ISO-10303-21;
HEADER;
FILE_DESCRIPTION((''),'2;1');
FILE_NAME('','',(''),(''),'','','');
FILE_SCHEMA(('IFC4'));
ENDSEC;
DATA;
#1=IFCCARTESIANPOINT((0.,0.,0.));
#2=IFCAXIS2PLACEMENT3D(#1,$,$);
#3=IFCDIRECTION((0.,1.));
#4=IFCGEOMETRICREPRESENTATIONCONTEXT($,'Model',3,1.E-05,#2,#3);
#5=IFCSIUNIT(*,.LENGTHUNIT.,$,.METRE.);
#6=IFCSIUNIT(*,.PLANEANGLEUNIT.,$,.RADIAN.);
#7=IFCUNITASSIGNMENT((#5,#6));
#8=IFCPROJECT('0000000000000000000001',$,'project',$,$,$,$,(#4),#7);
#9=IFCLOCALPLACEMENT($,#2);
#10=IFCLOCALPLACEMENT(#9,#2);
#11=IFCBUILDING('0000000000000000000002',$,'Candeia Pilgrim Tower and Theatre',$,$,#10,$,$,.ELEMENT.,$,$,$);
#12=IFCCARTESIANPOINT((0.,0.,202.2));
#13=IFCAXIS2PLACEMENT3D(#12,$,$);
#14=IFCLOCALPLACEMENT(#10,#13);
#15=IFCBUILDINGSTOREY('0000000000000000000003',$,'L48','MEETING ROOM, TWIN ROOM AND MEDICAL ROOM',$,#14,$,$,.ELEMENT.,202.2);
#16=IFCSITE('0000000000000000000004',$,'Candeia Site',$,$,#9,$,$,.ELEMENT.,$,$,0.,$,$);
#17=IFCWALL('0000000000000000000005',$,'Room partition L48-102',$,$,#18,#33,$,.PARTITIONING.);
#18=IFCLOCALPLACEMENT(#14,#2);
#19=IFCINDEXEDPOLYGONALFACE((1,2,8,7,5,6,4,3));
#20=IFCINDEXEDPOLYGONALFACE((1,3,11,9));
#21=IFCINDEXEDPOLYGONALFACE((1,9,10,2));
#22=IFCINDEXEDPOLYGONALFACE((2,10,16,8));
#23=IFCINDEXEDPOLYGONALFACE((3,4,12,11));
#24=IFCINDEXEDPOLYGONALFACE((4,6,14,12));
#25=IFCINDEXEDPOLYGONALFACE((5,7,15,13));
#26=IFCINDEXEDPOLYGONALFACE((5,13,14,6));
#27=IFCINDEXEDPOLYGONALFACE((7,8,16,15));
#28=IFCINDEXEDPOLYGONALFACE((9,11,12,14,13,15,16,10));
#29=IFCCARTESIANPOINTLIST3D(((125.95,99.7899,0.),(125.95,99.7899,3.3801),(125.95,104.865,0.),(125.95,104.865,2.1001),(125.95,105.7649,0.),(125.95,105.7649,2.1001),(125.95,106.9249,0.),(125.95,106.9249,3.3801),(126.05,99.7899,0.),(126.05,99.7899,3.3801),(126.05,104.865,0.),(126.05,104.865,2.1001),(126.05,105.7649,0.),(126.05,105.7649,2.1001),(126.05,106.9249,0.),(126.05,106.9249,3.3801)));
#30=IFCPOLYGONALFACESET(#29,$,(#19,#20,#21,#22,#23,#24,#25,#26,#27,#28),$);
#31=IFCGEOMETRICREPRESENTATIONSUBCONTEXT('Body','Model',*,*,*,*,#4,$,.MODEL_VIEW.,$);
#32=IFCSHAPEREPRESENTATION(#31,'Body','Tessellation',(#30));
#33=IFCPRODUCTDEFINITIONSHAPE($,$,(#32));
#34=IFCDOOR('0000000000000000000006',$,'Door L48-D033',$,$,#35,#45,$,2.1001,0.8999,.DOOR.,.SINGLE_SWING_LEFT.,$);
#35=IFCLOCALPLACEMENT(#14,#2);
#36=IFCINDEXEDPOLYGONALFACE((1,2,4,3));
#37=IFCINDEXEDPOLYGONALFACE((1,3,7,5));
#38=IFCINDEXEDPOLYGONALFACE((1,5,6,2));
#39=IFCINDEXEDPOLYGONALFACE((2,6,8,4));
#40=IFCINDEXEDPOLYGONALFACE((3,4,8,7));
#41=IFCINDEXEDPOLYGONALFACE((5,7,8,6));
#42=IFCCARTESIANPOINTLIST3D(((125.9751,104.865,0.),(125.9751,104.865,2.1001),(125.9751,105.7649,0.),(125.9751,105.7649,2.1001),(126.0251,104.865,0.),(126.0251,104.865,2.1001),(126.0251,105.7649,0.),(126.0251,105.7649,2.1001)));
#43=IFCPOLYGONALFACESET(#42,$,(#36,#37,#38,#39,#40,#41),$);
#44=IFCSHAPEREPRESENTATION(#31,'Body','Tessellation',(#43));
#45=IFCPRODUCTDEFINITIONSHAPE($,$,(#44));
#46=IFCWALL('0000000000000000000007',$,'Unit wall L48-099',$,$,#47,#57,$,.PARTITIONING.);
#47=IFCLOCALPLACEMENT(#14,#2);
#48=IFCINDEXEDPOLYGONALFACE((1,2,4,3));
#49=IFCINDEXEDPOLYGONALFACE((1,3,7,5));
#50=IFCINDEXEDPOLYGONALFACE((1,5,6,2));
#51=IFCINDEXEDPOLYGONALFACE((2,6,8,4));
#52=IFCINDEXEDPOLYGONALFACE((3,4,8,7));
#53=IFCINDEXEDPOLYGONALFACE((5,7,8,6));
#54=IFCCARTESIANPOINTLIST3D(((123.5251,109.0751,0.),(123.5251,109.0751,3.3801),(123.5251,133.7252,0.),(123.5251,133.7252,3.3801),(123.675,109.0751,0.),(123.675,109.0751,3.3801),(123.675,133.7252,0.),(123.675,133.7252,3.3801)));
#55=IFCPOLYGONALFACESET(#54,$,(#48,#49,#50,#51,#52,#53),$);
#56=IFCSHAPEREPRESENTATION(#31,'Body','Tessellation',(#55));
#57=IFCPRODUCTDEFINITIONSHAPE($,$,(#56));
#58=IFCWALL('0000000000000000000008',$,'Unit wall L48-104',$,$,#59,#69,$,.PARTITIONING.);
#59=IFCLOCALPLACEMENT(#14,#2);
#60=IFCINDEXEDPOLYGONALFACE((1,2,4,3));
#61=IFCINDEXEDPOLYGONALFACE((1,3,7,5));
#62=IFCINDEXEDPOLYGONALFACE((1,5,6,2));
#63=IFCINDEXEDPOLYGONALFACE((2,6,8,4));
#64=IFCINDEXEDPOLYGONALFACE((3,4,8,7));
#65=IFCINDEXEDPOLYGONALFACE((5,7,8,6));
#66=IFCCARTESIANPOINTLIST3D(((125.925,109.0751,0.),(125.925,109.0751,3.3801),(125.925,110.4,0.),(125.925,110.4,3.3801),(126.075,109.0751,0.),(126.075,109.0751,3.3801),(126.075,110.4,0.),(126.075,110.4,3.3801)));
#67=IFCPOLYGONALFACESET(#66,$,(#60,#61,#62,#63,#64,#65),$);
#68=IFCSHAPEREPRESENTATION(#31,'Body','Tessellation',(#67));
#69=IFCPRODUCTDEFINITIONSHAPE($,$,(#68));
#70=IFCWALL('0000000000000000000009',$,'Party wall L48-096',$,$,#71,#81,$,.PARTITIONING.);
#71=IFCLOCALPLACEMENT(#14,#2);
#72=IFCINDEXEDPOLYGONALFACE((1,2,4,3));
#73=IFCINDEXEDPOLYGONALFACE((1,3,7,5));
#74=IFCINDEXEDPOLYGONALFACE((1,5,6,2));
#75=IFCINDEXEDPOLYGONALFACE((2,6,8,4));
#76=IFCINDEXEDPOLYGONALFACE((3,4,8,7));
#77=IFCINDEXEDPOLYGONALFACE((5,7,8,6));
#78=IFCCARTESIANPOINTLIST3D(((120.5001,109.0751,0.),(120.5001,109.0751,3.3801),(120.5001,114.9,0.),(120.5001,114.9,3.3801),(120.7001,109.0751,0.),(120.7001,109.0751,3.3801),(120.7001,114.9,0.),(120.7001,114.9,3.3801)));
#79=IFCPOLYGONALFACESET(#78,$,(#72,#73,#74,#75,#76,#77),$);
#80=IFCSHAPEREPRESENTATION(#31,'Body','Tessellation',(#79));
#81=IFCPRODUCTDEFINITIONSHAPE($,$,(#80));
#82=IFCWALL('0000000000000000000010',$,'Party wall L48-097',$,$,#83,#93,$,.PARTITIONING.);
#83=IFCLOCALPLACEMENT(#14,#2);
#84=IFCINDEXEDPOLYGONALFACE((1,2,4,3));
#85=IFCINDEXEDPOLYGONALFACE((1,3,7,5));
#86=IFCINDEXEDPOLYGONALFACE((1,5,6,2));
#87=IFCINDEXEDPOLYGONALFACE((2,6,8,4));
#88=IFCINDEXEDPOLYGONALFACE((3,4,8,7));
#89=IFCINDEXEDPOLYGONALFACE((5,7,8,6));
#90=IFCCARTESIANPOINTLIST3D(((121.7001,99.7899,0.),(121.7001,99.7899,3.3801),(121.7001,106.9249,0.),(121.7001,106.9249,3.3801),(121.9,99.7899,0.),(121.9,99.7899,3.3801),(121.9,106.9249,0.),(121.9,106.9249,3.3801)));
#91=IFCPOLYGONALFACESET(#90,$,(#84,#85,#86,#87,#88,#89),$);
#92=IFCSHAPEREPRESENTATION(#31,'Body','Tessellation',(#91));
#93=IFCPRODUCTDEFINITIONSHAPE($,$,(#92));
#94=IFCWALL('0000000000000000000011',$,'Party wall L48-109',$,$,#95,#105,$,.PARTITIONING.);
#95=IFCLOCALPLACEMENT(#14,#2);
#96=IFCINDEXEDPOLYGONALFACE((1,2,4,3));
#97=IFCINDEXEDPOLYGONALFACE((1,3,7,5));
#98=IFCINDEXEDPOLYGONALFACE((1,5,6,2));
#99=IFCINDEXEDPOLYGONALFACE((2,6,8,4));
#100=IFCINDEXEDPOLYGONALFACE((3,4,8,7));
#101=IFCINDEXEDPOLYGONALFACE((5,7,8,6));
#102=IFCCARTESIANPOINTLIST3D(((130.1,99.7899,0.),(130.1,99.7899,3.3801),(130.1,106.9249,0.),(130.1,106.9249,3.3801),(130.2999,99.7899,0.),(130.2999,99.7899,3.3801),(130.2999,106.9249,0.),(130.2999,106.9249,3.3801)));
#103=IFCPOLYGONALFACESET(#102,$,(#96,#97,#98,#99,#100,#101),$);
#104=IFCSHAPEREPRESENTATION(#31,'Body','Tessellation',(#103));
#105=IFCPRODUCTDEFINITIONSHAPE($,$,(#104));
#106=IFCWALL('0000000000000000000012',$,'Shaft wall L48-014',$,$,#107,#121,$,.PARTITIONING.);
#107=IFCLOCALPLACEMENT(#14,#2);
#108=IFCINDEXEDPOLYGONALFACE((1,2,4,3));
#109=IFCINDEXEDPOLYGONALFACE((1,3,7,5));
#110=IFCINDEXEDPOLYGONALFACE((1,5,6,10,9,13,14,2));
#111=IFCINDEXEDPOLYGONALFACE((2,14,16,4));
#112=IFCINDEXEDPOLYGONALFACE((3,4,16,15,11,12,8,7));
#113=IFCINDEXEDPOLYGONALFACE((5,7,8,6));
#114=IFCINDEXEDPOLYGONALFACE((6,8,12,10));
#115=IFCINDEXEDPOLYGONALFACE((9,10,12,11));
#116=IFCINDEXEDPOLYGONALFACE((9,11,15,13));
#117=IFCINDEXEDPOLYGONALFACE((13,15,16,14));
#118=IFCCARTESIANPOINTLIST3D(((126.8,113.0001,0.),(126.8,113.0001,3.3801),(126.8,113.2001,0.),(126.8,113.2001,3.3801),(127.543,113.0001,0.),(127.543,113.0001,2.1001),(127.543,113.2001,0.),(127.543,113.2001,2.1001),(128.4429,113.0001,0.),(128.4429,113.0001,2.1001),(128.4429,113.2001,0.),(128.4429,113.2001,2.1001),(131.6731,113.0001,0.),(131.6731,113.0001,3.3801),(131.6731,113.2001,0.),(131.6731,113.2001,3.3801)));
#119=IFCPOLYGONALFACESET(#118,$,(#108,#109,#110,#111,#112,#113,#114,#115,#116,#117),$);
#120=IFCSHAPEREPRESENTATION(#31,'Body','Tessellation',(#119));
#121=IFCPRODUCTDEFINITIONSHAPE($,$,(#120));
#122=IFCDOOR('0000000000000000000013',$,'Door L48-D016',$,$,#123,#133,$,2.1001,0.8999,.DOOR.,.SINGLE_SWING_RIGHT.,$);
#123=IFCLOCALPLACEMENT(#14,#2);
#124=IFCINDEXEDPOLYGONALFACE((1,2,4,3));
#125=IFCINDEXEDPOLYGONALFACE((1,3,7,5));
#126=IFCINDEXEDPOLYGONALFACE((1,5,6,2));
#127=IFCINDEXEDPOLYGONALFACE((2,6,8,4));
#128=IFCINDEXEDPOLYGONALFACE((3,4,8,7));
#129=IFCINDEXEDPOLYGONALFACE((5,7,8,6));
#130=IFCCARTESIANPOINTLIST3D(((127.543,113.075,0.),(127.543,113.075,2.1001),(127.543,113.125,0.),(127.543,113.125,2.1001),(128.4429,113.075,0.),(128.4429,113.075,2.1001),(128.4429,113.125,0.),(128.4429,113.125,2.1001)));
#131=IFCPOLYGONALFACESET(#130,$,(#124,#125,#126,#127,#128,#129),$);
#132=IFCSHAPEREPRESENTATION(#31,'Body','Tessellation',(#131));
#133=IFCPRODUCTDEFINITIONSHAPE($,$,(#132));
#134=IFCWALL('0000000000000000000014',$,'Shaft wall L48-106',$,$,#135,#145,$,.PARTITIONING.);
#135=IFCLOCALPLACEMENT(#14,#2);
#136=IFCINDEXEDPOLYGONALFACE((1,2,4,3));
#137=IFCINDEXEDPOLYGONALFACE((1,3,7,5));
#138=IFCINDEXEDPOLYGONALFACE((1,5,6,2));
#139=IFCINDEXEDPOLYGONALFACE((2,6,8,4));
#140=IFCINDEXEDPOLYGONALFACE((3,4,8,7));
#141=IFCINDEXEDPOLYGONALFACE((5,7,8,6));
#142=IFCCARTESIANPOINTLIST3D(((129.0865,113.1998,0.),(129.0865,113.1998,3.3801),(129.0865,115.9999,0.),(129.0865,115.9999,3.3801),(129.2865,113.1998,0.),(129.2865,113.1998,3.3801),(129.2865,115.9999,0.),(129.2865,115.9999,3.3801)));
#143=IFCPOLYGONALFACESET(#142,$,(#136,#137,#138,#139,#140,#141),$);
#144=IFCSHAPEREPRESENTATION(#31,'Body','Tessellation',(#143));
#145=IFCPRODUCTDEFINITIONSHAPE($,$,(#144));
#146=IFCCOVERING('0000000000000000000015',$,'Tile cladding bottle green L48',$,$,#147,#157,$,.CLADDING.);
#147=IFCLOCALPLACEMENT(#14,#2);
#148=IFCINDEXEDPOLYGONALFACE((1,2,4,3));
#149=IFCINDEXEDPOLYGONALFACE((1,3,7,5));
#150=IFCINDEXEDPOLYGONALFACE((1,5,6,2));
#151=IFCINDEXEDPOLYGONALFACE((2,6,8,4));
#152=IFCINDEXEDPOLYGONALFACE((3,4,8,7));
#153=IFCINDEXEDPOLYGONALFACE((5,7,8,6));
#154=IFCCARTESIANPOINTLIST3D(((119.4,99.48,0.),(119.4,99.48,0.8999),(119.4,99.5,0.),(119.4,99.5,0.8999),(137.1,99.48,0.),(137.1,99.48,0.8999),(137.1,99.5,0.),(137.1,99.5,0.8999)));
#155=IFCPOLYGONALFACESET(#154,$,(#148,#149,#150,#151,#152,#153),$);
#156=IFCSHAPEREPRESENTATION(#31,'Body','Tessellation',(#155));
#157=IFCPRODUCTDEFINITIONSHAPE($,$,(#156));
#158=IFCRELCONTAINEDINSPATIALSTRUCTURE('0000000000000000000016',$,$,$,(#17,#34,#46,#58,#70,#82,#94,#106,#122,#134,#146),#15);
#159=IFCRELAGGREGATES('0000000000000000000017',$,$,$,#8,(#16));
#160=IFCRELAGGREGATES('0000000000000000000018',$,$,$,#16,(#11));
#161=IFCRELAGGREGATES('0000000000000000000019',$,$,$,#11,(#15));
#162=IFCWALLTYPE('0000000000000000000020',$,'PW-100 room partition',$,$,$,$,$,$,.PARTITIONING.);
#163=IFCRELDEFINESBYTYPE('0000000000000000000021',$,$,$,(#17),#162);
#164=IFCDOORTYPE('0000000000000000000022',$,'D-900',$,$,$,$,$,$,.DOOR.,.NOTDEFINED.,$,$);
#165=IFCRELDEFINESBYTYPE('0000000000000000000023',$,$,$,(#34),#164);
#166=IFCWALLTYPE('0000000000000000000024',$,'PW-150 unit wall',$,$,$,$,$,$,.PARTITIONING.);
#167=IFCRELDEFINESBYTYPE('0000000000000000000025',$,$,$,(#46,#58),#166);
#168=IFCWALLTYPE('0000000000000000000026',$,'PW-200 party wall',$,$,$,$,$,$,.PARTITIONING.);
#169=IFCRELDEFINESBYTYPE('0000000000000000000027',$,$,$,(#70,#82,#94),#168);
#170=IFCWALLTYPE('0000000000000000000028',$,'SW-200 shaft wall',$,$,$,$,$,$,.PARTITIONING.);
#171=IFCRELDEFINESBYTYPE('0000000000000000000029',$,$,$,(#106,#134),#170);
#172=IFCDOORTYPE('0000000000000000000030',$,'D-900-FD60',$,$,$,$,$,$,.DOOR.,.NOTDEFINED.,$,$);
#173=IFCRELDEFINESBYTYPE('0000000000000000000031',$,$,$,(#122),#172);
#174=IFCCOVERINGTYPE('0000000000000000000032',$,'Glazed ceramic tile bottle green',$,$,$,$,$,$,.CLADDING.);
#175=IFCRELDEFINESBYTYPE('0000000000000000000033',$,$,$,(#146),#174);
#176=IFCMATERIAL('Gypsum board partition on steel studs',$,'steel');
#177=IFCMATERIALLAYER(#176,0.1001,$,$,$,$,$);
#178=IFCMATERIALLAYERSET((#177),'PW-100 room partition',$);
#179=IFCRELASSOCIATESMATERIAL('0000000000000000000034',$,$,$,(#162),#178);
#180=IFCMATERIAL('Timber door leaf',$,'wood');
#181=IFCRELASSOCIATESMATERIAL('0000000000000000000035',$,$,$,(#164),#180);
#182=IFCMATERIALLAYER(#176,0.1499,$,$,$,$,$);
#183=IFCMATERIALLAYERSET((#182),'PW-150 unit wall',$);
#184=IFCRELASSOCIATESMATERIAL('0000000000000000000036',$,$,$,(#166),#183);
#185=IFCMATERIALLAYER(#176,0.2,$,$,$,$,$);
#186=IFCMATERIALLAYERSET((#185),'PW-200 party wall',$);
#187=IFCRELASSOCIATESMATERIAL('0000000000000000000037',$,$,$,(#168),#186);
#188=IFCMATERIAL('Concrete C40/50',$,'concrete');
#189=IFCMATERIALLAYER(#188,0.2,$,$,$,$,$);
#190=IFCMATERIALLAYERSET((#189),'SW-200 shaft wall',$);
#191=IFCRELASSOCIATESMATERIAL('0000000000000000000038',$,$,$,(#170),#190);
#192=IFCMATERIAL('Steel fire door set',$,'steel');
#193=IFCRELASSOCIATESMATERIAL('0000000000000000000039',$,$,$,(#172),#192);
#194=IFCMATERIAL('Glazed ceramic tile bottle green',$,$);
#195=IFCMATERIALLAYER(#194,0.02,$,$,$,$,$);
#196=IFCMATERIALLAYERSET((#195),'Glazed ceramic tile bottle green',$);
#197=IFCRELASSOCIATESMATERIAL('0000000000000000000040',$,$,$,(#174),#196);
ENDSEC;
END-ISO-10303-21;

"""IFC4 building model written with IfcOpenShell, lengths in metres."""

from ifc_helpers import new_model, si_unit, direction, frame, frame_2d, origin, origin_2d, place, context, subcontext, project, spatial, rectangle, extrude, material, layer, layer_set, type_object, element, fill, save


model = new_model("IFC4")

# Units and contexts
model_context = context("Model", 3, precision=1e-05, world=origin(), true_north=direction((0.0, 1.0)))
body_context = subcontext(model_context, "Body", "Model", "MODEL_VIEW")
ifc_project = project(units=[si_unit("LENGTHUNIT", "METRE"), si_unit("PLANEANGLEUNIT", "RADIAN")], contexts=[model_context])

# Site, building, storey
site_placement = place(None, origin())
site = spatial("IfcSite", under=ifc_project, at=site_placement, Name="Candeia Site", CompositionType="ELEMENT", RefElevation=0.0)
building_placement = place(site_placement, origin())
building = spatial("IfcBuilding", under=site, at=building_placement, Name="Candeia Pilgrim Tower and Theatre", CompositionType="ELEMENT")
storey_placement = place(building_placement, frame((0.0, 0.0, 202.2)))
storey = spatial("IfcBuildingStorey", under=building, at=storey_placement, Name="L48", Description="MEETING ROOM, TWIN ROOM AND MEDICAL ROOM", CompositionType="ELEMENT", Elevation=202.2)

# Shared definitions
ifc_material_1 = material(Name="Steel fire door set", Category="steel")

# Shared definitions
ifc_material_2 = material(Name="Gypsum board partition on steel studs", Category="steel")
ifc_layer_1 = layer(ifc_material_2, 0.1001)
ifc_layer_set_1 = layer_set([ifc_layer_1], Name="PW-100 room partition")
wall_type_1 = type_object("IfcWallType", Name="PW-100 room partition", PredefinedType="PARTITIONING", material=ifc_layer_set_1)

# Shared definitions
ifc_material_3 = material(Name="Timber door leaf", Category="wood")

# Wall, opening, door
wall_1_placement = place(storey_placement, frame((126.0, 99.79, 0.0), z_axis=(0.0, 0.0, 1.0), x_axis=(0.0, 1.0, 0.0)))
wall_1 = element("IfcWall", 1, at=wall_1_placement, inside=storey, type_object=wall_type_1, Name="Room partition L48-102", PredefinedType="PARTITIONING", context=body_context, shape_type="SweptSolid", body=[
    extrude(rectangle(XDim=7.135, YDim=0.1001, at=frame_2d((3.5674, 0.0))), origin(), (0.0, 0.0, 1.0), 3.3801),
])
opening_1_placement = place(wall_1_placement, frame((5.075, 0.0, 0.0)))
opening_1 = element("IfcOpeningElement", 2, at=opening_1_placement, cuts=wall_1, PredefinedType="OPENING", context=body_context, shape_type="SweptSolid", body=[
    extrude(rectangle(XDim=0.8999, YDim=2.1001, at=frame_2d((0.45, 1.05))), frame((0.0, 0.0601, 0.0), z_axis=(0.0, -1.0, 0.0), x_axis=(1.0, 0.0, 0.0)), (0.0, 0.0, 1.0), 0.1201),
])
door_type_1 = type_object("IfcDoorType", Name="D-900", OperationType="NOTDEFINED", PredefinedType="DOOR", material=ifc_material_3)
door_1_placement = place(opening_1_placement, origin())
door_1 = element("IfcDoor", 3, at=door_1_placement, inside=storey, type_object=door_type_1, Name="Door L48-D033", OperationType="SINGLE_SWING_LEFT", OverallHeight=2.1001, OverallWidth=0.8999, PredefinedType="DOOR", context=body_context, shape_type="SweptSolid", body=[
    extrude(rectangle(XDim=0.8999, YDim=2.1001, at=frame_2d((0.45, 1.05))), frame((0.0, 0.0249, 0.0), z_axis=(0.0, -1.0, 0.0), x_axis=(1.0, 0.0, 0.0)), (0.0, 0.0, 1.0), 0.05),
])
fill(opening_1, door_1)

# Walls
ifc_layer_2 = layer(ifc_material_2, 0.1499)
ifc_layer_set_2 = layer_set([ifc_layer_2], Name="PW-150 unit wall")
wall_type_2 = type_object("IfcWallType", Name="PW-150 unit wall", PredefinedType="PARTITIONING", material=ifc_layer_set_2)
wall_2_placement = place(storey_placement, frame((123.6001, 109.075, 0.0), z_axis=(0.0, 0.0, 1.0), x_axis=(0.0, 1.0, 0.0)))
element("IfcWall", 4, at=wall_2_placement, inside=storey, type_object=wall_type_2, Name="Unit wall L48-099", PredefinedType="PARTITIONING", context=body_context, shape_type="SweptSolid", body=[
    extrude(rectangle(XDim=24.6501, YDim=0.1499, at=frame_2d((12.3252, 0.0))), origin(), (0.0, 0.0, 1.0), 3.3801),
])
wall_3_placement = place(storey_placement, frame((126.0, 109.075, 0.0), z_axis=(0.0, 0.0, 1.0), x_axis=(0.0, 1.0, 0.0)))
element("IfcWall", 5, at=wall_3_placement, inside=storey, type_object=wall_type_2, Name="Unit wall L48-104", PredefinedType="PARTITIONING", context=body_context, shape_type="SweptSolid", body=[
    extrude(rectangle(XDim=1.325, YDim=0.1499, at=frame_2d((0.6626, 0.0))), origin(), (0.0, 0.0, 1.0), 3.3801),
])
ifc_layer_3 = layer(ifc_material_2, 0.2)
ifc_layer_set_3 = layer_set([ifc_layer_3], Name="PW-200 party wall")
wall_type_3 = type_object("IfcWallType", Name="PW-200 party wall", PredefinedType="PARTITIONING", material=ifc_layer_set_3)
wall_4_placement = place(storey_placement, frame((120.6001, 109.075, 0.0), z_axis=(0.0, 0.0, 1.0), x_axis=(0.0, 1.0, 0.0)))
element("IfcWall", 6, at=wall_4_placement, inside=storey, type_object=wall_type_3, Name="Party wall L48-096", PredefinedType="PARTITIONING", context=body_context, shape_type="SweptSolid", body=[
    extrude(rectangle(XDim=5.825, YDim=0.2, at=frame_2d((2.9126, 0.0))), origin(), (0.0, 0.0, 1.0), 3.3801),
])
for number, where, z_axis, x_axis, name in (
    (7, (121.8, 99.79, 0.0), (0.0, 0.0, 1.0), (0.0, 1.0, 0.0), "Party wall L48-097"),
    (8, (130.2, 99.79, 0.0), (0.0, 0.0, 1.0), (0.0, 1.0, 0.0), "Party wall L48-109"),
):
    element("IfcWall", number, at=place(storey_placement, frame(where, z_axis=z_axis, x_axis=x_axis)), inside=storey, type_object=wall_type_3, Name=name, PredefinedType="PARTITIONING", context=body_context, shape_type="SweptSolid", body=[
        extrude(rectangle(XDim=7.135, YDim=0.2, at=frame_2d((3.5674, 0.0))), origin(), (0.0, 0.0, 1.0), 3.3801),
    ])

# Wall, opening, door
ifc_material_4 = material(Name="Concrete C40/50", Category="concrete")
ifc_layer_4 = layer(ifc_material_4, 0.2)
ifc_layer_set_4 = layer_set([ifc_layer_4], Name="SW-200 shaft wall")
wall_type_4 = type_object("IfcWallType", Name="SW-200 shaft wall", PredefinedType="PARTITIONING", material=ifc_layer_set_4)
wall_5_placement = place(storey_placement, frame((126.8, 113.1001, 0.0), z_axis=(0.0, 0.0, 1.0), x_axis=(1.0, 0.0, 0.0)))
wall_5 = element("IfcWall", 9, at=wall_5_placement, inside=storey, type_object=wall_type_4, Name="Shaft wall L48-014", PredefinedType="PARTITIONING", context=body_context, shape_type="SweptSolid", body=[
    extrude(rectangle(XDim=4.873, YDim=0.2, at=frame_2d((2.4365, 0.0))), origin(), (0.0, 0.0, 1.0), 3.3801),
])
opening_2_placement = place(wall_5_placement, frame((0.7429, 0.0, 0.0)))
opening_2 = element("IfcOpeningElement", 10, at=opening_2_placement, cuts=wall_5, PredefinedType="OPENING", context=body_context, shape_type="SweptSolid", body=[
    extrude(rectangle(XDim=0.8999, YDim=2.1001, at=frame_2d((0.45, 1.05))), frame((0.0, 0.1099, 0.0), z_axis=(0.0, -1.0, 0.0), x_axis=(1.0, 0.0, 0.0)), (0.0, 0.0, 1.0), 0.22),
])
door_type_2 = type_object("IfcDoorType", Name="D-900-FD60", OperationType="NOTDEFINED", PredefinedType="DOOR", material=ifc_material_1)
door_2_placement = place(opening_2_placement, origin())
door_2 = element("IfcDoor", 11, at=door_2_placement, inside=storey, type_object=door_type_2, Name="Door L48-D016", OperationType="SINGLE_SWING_RIGHT", OverallHeight=2.1001, OverallWidth=0.8999, PredefinedType="DOOR", context=body_context, shape_type="SweptSolid", body=[
    extrude(rectangle(XDim=0.8999, YDim=2.1001, at=frame_2d((0.45, 1.05))), frame((0.0, 0.0249, 0.0), z_axis=(0.0, -1.0, 0.0), x_axis=(1.0, 0.0, 0.0)), (0.0, 0.0, 1.0), 0.05),
])
fill(opening_2, door_2)

# Wall
wall_6_placement = place(storey_placement, frame((129.1865, 113.2, 0.0), z_axis=(0.0, 0.0, 1.0), x_axis=(0.0, 1.0, 0.0)))
element("IfcWall", 12, at=wall_6_placement, inside=storey, type_object=wall_type_4, Name="Shaft wall L48-106", PredefinedType="PARTITIONING", context=body_context, shape_type="SweptSolid", body=[
    extrude(rectangle(XDim=2.8, YDim=0.2, at=frame_2d((1.3999, 0.0))), origin(), (0.0, 0.0, 1.0), 3.3801),
])

# Covering
ifc_material_5 = material(Name="Glazed ceramic tile bottle green")
ifc_layer_5 = layer(ifc_material_5, 0.02)
ifc_layer_set_5 = layer_set([ifc_layer_5], Name="Glazed ceramic tile bottle green")
covering_type = type_object("IfcCoveringType", Name="Glazed ceramic tile bottle green", PredefinedType="CLADDING", material=ifc_layer_set_5)
covering_placement = place(storey_placement, frame((128.25, 99.49, 0.0), z_axis=(0.0, 0.0, 1.0), x_axis=(1.0, 0.0, 0.0)))
element("IfcCovering", 13, at=covering_placement, inside=storey, type_object=covering_type, Name="Tile cladding bottle green L48", PredefinedType="CLADDING", context=body_context, shape_type="SweptSolid", body=[
    extrude(rectangle(XDim=17.7, YDim=0.02, at=origin_2d()), origin(), (0.0, 0.0, 1.0), 0.8999),
])

save(model, "model.ifc")
